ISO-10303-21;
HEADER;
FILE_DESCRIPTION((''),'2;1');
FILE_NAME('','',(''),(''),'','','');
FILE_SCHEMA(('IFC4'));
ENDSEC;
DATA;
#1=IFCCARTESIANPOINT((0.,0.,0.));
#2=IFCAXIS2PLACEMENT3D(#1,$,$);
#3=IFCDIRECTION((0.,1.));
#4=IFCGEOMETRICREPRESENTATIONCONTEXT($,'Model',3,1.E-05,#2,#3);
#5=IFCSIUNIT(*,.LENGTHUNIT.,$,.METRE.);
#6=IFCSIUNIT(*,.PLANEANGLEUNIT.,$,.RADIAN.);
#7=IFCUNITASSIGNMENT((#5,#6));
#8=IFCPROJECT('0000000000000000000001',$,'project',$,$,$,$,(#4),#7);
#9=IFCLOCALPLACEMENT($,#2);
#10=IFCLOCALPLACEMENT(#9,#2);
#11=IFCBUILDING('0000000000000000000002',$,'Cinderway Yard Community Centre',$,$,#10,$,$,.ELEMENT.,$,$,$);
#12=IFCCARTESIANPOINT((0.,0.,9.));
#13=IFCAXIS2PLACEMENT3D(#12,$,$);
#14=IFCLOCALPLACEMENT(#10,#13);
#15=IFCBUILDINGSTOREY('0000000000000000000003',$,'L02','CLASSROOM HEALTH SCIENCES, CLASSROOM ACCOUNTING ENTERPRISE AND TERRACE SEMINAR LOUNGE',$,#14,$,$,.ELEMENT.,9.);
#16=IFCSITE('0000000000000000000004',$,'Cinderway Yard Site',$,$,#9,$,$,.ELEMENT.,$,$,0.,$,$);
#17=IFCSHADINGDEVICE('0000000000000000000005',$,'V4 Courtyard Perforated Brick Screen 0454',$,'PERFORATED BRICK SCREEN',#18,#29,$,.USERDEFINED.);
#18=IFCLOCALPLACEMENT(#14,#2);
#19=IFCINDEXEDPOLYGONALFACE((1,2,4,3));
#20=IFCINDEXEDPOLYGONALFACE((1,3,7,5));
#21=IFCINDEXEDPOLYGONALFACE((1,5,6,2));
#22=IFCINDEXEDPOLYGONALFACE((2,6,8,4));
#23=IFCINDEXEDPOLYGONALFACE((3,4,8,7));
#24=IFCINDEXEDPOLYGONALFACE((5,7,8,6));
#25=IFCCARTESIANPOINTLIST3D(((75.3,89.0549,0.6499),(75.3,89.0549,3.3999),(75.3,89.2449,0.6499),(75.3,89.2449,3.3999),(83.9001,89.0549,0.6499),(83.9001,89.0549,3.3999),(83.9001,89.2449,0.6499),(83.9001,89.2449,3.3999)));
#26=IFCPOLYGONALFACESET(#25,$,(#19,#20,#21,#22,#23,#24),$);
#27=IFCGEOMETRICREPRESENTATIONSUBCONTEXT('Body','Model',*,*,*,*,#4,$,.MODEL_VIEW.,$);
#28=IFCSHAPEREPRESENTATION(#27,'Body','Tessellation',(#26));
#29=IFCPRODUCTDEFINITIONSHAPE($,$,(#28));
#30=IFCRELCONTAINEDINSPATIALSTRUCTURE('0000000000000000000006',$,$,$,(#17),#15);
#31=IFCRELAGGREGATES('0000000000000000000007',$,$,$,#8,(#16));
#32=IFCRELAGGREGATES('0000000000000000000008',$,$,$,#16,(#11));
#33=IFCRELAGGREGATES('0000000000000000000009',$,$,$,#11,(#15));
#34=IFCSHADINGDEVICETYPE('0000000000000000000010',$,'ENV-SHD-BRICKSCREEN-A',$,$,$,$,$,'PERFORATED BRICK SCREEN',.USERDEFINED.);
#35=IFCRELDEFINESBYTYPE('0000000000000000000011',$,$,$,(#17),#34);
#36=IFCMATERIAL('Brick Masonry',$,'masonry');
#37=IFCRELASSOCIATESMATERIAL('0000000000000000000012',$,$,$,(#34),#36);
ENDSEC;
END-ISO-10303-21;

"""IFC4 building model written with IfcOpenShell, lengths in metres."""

from ifc_helpers import new_model, si_unit, direction, frame, origin, origin_2d, place, context, subcontext, project, spatial, rectangle, extrude, material, type_object, element, save


model = new_model("IFC4")

# Units and contexts
model_context = context("Model", 3, precision=1e-05, world=origin(), true_north=direction((0.0, 1.0)))
body_context = subcontext(model_context, "Body", "Model", "MODEL_VIEW")
ifc_project = project(units=[si_unit("LENGTHUNIT", "METRE"), si_unit("PLANEANGLEUNIT", "RADIAN")], contexts=[model_context])

# Site, building, storey
site_placement = place(None, origin())
site = spatial("IfcSite", under=ifc_project, at=site_placement, Name="Cinderway Yard Site", CompositionType="ELEMENT", RefElevation=0.0)
building_placement = place(site_placement, origin())
building = spatial("IfcBuilding", under=site, at=building_placement, Name="Cinderway Yard Community Centre", CompositionType="ELEMENT")
storey_placement = place(building_placement, frame((0.0, 0.0, 9.0)))
storey = spatial("IfcBuildingStorey", under=building, at=storey_placement, Name="L02", Description="CLASSROOM HEALTH SCIENCES, CLASSROOM ACCOUNTING ENTERPRISE AND TERRACE SEMINAR LOUNGE", CompositionType="ELEMENT", Elevation=9.0)

# Shared definitions
ifc_material_1 = material(Name="Brick Masonry", Category="masonry")

# Shading device
shading_device_type = type_object("IfcShadingDeviceType", Name="ENV-SHD-BRICKSCREEN-A", ElementType="PERFORATED BRICK SCREEN", PredefinedType="USERDEFINED", material=ifc_material_1)
shading_device_placement = place(storey_placement, frame((79.6001, 89.1499, 0.6499), z_axis=(0.0, 0.0, 1.0), x_axis=(-1.0, 0.0, 0.0)))
element("IfcShadingDevice", 1, at=shading_device_placement, inside=storey, type_object=shading_device_type, Name="V4 Courtyard Perforated Brick Screen 0454", ObjectType="PERFORATED BRICK SCREEN", PredefinedType="USERDEFINED", context=body_context, shape_type="SweptSolid", body=[
    extrude(rectangle(XDim=8.6001, YDim=0.1899, at=origin_2d()), origin(), (0.0, 0.0, 1.0), 2.75),
])

save(model, "model.ifc")
